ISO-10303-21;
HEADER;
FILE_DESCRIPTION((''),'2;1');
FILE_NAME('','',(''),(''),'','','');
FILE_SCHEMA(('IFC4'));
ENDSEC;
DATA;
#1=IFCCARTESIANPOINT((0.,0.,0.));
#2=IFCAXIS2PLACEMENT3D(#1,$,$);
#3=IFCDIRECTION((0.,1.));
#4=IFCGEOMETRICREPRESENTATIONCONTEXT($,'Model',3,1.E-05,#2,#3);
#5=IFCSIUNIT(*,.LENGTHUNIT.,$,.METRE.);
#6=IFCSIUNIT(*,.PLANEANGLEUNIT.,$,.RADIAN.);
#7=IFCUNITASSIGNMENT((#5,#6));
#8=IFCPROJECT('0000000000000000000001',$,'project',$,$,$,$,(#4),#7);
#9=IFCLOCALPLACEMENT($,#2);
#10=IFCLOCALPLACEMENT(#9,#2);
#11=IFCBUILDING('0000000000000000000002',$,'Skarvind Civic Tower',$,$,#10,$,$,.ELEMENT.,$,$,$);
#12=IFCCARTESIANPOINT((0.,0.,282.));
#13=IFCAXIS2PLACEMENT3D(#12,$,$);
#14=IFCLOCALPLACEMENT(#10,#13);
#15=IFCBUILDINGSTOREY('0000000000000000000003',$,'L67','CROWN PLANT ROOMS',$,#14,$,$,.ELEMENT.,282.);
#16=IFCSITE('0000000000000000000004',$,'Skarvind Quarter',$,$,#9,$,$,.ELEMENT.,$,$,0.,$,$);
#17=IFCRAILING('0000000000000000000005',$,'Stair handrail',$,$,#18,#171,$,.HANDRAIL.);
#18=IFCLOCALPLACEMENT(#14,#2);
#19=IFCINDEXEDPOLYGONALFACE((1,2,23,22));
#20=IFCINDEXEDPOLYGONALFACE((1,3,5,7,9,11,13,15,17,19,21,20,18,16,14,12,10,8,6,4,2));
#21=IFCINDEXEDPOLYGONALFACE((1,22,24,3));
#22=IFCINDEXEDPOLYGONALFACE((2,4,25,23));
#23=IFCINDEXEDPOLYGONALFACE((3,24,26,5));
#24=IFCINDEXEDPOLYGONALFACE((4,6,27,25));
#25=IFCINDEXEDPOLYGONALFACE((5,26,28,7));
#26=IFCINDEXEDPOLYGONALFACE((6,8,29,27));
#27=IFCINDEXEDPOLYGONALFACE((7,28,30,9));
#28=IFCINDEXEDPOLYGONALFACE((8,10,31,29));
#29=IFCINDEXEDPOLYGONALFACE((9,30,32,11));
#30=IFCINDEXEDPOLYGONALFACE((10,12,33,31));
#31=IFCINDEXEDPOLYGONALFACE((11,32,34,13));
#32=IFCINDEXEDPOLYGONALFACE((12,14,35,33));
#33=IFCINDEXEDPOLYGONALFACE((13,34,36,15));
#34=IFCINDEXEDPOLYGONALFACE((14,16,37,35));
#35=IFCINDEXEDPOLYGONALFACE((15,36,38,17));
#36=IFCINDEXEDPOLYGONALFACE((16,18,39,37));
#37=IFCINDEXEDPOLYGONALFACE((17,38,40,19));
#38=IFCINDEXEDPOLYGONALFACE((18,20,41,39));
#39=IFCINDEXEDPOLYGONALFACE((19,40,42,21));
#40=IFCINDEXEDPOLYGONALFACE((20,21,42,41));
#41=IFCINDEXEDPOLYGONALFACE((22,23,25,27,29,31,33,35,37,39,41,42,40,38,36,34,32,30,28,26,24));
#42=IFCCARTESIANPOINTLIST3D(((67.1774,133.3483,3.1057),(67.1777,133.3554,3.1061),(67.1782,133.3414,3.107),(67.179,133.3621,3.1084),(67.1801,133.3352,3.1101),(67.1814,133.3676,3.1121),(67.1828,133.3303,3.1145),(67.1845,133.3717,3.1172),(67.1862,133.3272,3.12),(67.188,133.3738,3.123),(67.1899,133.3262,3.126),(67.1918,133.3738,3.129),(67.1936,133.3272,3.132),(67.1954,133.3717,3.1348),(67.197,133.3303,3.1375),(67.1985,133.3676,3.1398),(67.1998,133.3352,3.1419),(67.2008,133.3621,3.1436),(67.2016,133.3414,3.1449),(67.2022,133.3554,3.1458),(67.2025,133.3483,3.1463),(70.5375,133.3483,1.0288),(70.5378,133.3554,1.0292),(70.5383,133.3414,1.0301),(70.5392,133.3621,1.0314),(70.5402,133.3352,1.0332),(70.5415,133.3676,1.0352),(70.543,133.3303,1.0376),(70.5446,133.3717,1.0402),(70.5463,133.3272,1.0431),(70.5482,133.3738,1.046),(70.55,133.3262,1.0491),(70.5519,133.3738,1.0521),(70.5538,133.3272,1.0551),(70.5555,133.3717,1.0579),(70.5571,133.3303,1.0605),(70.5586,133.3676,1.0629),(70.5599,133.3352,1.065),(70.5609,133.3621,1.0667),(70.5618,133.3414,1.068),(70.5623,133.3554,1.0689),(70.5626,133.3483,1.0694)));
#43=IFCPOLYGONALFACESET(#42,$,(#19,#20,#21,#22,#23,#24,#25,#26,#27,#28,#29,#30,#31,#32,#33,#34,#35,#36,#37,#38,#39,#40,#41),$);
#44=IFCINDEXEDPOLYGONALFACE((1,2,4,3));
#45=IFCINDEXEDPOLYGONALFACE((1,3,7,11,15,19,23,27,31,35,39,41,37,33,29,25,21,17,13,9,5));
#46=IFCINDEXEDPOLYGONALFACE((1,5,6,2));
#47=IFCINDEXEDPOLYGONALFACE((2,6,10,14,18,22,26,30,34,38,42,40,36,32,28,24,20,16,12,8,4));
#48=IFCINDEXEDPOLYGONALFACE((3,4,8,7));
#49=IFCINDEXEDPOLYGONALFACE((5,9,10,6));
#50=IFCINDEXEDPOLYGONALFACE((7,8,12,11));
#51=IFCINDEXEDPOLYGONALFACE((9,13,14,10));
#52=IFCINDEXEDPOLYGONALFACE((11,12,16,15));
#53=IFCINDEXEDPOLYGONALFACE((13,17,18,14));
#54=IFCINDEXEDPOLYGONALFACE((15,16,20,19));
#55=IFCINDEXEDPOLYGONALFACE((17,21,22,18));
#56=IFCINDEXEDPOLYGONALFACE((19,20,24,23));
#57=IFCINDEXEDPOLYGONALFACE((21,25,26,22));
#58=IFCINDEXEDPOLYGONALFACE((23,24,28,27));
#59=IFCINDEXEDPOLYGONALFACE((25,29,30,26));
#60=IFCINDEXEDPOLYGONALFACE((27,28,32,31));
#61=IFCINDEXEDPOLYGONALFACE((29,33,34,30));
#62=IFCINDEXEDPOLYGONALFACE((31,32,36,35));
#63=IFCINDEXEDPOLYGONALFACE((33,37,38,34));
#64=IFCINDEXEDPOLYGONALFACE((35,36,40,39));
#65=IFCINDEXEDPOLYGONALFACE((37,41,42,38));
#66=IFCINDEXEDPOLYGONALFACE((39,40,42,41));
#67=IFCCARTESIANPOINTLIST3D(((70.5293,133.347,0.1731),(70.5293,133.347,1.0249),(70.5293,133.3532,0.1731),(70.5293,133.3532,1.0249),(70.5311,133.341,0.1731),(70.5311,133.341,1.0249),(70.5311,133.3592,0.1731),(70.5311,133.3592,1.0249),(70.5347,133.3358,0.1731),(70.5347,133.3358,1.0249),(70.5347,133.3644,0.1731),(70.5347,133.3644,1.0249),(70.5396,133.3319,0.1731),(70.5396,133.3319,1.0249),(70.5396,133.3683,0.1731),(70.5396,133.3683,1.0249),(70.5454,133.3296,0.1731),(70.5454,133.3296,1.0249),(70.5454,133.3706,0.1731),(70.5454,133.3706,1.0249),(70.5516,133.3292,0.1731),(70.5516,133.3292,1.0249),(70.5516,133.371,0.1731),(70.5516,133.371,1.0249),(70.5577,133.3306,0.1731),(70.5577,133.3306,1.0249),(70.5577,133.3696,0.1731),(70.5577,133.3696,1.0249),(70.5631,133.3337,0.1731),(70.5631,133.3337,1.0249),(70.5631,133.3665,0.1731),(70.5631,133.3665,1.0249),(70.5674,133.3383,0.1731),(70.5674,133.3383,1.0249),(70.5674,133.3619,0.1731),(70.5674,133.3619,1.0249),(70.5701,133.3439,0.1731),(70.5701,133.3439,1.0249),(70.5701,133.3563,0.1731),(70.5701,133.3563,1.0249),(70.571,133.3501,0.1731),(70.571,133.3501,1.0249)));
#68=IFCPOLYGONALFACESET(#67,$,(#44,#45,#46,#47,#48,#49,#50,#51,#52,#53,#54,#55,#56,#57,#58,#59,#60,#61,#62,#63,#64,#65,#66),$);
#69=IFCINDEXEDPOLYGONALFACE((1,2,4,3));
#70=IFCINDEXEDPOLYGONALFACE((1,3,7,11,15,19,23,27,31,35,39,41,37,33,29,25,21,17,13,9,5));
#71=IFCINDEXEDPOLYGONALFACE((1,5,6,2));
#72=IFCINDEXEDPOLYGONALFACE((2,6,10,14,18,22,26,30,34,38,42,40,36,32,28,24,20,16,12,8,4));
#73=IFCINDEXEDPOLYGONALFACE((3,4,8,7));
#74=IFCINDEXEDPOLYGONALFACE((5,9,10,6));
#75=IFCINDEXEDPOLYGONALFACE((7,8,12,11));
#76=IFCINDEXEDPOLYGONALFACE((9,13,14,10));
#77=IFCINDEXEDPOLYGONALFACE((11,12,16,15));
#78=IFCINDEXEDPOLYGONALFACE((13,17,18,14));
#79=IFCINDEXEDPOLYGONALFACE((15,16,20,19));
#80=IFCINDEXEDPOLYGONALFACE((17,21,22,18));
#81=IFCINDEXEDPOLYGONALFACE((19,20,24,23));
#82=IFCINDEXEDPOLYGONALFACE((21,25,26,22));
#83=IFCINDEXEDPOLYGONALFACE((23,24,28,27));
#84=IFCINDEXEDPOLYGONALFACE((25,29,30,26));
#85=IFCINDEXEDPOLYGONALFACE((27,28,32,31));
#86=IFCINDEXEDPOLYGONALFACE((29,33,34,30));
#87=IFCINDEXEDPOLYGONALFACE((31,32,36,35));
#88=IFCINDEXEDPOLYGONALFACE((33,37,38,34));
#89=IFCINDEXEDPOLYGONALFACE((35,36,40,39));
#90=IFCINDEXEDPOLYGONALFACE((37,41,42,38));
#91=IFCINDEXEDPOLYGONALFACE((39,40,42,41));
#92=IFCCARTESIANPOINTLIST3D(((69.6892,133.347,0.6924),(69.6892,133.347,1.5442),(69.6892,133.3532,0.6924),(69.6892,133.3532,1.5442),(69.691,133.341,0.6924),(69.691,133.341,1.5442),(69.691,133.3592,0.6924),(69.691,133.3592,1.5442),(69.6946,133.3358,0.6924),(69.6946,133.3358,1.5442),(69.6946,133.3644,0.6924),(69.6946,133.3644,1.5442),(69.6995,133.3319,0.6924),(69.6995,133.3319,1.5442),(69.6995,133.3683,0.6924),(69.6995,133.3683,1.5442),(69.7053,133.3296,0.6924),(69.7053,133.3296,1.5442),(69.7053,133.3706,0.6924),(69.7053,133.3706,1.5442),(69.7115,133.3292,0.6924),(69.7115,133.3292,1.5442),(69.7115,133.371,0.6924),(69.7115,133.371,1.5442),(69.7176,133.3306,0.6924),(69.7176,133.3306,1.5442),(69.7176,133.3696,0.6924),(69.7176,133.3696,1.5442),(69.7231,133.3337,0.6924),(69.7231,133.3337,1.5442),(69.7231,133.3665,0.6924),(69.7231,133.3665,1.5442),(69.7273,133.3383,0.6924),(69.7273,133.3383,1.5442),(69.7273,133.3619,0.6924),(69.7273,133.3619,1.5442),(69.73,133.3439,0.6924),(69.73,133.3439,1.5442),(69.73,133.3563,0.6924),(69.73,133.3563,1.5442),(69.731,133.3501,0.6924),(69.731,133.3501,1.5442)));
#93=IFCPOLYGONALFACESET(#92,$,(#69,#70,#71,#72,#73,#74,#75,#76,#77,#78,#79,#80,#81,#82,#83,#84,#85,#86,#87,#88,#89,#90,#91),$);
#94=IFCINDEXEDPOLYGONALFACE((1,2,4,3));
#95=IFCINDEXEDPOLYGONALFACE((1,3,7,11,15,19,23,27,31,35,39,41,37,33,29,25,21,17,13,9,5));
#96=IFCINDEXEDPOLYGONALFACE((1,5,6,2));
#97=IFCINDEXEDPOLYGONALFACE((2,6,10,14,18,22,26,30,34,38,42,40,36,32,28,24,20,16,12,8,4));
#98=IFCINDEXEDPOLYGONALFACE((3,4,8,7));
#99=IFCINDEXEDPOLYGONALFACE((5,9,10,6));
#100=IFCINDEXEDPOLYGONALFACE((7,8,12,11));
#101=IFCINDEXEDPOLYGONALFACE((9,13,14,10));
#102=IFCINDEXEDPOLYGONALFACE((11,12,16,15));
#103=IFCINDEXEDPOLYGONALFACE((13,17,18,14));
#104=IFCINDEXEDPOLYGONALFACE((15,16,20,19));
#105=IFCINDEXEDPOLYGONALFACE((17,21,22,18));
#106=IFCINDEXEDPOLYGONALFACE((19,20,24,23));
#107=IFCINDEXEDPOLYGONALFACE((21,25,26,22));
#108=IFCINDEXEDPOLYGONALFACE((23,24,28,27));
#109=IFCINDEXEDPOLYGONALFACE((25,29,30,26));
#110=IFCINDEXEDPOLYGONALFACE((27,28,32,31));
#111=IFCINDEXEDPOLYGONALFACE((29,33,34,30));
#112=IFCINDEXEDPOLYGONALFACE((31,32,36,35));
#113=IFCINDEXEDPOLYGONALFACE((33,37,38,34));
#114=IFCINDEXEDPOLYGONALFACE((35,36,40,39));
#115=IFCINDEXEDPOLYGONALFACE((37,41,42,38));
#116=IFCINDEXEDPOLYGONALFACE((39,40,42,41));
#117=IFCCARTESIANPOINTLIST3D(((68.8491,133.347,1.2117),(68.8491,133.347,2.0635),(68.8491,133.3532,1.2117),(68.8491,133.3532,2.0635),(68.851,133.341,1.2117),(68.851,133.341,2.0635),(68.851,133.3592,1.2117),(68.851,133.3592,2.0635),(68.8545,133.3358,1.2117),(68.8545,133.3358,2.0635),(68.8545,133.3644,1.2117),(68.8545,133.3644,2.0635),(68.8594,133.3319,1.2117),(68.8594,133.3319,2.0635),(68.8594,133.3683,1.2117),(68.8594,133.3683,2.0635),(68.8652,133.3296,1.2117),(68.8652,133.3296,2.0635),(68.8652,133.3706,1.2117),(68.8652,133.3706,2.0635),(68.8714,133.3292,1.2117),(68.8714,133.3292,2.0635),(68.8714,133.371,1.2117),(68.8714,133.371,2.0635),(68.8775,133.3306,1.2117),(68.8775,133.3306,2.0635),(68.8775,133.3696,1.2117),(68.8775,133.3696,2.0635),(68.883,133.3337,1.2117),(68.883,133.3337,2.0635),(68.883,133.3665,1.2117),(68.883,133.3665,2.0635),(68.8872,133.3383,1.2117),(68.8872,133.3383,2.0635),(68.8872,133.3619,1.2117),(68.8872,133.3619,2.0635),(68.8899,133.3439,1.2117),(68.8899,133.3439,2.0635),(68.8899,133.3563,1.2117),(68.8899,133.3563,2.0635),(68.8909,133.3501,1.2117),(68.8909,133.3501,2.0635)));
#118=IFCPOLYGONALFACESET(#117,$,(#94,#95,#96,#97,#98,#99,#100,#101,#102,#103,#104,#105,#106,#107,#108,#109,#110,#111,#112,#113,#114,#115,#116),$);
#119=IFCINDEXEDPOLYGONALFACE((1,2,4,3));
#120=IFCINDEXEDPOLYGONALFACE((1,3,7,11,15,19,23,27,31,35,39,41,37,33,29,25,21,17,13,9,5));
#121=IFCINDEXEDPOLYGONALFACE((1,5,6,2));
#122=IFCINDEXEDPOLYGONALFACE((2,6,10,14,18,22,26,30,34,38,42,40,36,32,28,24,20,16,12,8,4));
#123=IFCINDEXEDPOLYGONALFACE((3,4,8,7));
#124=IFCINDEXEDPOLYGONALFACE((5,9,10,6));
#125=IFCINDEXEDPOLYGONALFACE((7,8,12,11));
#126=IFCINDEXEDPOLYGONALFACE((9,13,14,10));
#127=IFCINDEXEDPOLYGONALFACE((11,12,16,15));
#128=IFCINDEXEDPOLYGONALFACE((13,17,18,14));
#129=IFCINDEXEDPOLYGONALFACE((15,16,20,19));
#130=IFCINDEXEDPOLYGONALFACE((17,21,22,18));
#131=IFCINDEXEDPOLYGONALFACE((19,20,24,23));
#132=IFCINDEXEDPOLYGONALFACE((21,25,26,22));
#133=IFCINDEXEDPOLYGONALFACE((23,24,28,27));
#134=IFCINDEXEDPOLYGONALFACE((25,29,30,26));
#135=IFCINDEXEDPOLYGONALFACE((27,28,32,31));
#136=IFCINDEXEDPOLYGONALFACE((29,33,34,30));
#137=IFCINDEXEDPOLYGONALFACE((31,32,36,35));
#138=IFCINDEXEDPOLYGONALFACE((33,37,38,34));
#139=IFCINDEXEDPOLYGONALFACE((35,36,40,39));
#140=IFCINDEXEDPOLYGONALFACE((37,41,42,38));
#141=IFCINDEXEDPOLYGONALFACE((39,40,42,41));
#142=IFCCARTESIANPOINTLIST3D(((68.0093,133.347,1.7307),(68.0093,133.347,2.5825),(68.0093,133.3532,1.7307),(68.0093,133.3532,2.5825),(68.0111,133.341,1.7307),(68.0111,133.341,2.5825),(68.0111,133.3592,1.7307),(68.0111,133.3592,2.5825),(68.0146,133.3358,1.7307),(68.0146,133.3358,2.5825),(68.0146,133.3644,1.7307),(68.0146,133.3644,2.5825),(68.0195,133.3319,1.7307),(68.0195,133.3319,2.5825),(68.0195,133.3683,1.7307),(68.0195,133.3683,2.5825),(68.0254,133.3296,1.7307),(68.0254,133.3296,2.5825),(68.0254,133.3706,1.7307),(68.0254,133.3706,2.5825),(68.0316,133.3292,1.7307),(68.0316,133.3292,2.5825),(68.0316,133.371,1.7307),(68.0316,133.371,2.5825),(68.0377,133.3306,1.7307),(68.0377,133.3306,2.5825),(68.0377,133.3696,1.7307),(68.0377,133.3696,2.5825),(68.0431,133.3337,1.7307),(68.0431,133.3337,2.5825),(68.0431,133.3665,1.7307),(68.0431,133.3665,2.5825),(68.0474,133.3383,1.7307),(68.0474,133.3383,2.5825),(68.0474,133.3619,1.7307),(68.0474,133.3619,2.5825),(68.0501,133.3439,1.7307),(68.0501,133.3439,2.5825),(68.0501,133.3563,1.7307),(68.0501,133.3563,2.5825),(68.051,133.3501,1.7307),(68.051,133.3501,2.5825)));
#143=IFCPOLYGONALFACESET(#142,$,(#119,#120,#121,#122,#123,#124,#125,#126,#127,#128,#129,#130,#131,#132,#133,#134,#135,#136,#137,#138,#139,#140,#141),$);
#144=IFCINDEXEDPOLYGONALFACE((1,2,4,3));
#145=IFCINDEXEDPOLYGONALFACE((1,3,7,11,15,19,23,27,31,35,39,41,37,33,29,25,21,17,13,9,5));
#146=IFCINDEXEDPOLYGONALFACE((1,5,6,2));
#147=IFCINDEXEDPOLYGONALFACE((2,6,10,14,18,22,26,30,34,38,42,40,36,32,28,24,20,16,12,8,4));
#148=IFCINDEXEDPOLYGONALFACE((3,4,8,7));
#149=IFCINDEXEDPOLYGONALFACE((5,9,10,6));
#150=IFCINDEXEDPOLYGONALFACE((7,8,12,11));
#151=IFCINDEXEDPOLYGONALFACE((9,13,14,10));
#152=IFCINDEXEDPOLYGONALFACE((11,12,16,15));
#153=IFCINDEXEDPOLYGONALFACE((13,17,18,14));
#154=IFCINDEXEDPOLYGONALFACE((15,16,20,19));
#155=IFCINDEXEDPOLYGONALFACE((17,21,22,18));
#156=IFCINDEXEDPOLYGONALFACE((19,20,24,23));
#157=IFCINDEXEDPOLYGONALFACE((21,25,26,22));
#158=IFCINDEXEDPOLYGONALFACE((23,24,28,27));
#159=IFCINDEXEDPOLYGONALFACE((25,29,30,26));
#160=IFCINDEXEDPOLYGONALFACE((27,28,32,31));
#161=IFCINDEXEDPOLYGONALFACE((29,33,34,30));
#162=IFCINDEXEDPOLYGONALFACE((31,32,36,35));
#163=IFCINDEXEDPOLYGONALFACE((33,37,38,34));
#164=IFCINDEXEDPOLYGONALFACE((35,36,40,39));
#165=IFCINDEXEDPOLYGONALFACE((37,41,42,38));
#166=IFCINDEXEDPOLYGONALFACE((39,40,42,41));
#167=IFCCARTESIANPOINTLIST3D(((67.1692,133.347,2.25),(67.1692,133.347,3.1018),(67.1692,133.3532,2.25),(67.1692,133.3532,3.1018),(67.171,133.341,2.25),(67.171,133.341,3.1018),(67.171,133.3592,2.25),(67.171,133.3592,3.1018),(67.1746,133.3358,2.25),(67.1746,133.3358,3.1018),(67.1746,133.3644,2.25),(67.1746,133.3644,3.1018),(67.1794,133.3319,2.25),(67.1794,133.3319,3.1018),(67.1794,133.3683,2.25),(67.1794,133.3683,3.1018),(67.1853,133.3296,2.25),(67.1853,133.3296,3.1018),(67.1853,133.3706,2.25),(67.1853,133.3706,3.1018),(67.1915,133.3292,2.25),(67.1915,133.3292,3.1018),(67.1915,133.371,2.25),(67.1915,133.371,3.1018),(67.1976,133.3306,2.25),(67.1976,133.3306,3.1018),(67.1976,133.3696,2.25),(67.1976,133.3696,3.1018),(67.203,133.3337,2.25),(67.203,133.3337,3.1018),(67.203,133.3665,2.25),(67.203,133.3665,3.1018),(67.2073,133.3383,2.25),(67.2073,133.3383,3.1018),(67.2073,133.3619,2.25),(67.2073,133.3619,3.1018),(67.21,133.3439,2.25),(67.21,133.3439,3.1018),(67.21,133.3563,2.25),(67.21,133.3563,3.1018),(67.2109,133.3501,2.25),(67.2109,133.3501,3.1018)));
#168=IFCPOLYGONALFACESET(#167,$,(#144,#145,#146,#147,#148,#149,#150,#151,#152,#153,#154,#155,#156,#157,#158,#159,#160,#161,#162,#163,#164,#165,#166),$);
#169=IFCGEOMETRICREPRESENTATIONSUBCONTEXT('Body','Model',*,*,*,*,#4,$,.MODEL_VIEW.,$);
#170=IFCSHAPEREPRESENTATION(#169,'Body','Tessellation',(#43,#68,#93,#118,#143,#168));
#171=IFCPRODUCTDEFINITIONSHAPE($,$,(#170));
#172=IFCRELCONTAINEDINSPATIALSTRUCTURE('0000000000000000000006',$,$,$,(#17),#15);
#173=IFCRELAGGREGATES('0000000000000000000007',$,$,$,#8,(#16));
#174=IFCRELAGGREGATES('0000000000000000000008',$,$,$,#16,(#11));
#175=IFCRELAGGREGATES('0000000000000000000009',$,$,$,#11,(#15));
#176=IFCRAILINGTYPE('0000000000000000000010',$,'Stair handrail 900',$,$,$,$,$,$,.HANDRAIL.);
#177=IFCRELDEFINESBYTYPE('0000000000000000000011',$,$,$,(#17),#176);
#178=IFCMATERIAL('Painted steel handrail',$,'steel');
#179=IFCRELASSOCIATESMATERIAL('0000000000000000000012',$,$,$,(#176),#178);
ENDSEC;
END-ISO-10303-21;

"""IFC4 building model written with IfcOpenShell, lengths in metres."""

from ifc_helpers import new_model, si_unit, direction, frame, origin, origin_2d, place, context, subcontext, project, spatial, circle, extrude, material, type_object, element, save


model = new_model("IFC4")

# Units and contexts
model_context = context("Model", 3, precision=1e-05, world=origin(), true_north=direction((0.0, 1.0)))
body_context = subcontext(model_context, "Body", "Model", "MODEL_VIEW")
ifc_project = project(units=[si_unit("LENGTHUNIT", "METRE"), si_unit("PLANEANGLEUNIT", "RADIAN")], contexts=[model_context])

# Site, building, storey
site_placement = place(None, origin())
site = spatial("IfcSite", under=ifc_project, at=site_placement, Name="Skarvind Quarter", CompositionType="ELEMENT", RefElevation=0.0)
building_placement = place(site_placement, origin())
building = spatial("IfcBuilding", under=site, at=building_placement, Name="Skarvind Civic Tower", CompositionType="ELEMENT")
storey_placement = place(building_placement, frame((0.0, 0.0, 282.0)))
storey = spatial("IfcBuildingStorey", under=building, at=storey_placement, Name="L67", Description="CROWN PLANT ROOMS", CompositionType="ELEMENT", Elevation=282.0)

# Railing
ifc_material_1 = material(Name="Painted steel handrail", Category="steel")
railing_type = type_object("IfcRailingType", Name="Stair handrail 900", PredefinedType="HANDRAIL", material=ifc_material_1)
railing_1_placement = place(storey_placement, frame((70.55, 133.3501, 0.1731)))
element("IfcRailing", 1, at=railing_1_placement, inside=storey, type_object=railing_type, Name="Stair handrail", PredefinedType="HANDRAIL", context=body_context, shape_type="SweptSolid", body=[
    extrude(circle(Radius=0.0239, at=origin_2d()), frame((0.0, 0.0, 0.876), z_axis=(-0.850623, 0.0, 0.525776), x_axis=(0.0, -1.0, 0.0)), (0.0, 0.0, 1.0), 3.9502),
    extrude(circle(Radius=0.021, at=origin_2d()), origin(), (0.0, 0.0, 1.0), 0.8518),
    extrude(circle(Radius=0.021, at=origin_2d()), frame((-0.8401, 0.0, 0.5193)), (0.0, 0.0, 1.0), 0.8518),
    extrude(circle(Radius=0.021, at=origin_2d()), frame((-1.6802, 0.0, 1.0386)), (0.0, 0.0, 1.0), 0.8518),
    extrude(circle(Radius=0.021, at=origin_2d()), frame((-2.52, 0.0, 1.5576)), (0.0, 0.0, 1.0), 0.8518),
    extrude(circle(Radius=0.021, at=origin_2d()), frame((-3.3601, 0.0, 2.0769)), (0.0, 0.0, 1.0), 0.8518),
])

save(model, "model.ifc")
